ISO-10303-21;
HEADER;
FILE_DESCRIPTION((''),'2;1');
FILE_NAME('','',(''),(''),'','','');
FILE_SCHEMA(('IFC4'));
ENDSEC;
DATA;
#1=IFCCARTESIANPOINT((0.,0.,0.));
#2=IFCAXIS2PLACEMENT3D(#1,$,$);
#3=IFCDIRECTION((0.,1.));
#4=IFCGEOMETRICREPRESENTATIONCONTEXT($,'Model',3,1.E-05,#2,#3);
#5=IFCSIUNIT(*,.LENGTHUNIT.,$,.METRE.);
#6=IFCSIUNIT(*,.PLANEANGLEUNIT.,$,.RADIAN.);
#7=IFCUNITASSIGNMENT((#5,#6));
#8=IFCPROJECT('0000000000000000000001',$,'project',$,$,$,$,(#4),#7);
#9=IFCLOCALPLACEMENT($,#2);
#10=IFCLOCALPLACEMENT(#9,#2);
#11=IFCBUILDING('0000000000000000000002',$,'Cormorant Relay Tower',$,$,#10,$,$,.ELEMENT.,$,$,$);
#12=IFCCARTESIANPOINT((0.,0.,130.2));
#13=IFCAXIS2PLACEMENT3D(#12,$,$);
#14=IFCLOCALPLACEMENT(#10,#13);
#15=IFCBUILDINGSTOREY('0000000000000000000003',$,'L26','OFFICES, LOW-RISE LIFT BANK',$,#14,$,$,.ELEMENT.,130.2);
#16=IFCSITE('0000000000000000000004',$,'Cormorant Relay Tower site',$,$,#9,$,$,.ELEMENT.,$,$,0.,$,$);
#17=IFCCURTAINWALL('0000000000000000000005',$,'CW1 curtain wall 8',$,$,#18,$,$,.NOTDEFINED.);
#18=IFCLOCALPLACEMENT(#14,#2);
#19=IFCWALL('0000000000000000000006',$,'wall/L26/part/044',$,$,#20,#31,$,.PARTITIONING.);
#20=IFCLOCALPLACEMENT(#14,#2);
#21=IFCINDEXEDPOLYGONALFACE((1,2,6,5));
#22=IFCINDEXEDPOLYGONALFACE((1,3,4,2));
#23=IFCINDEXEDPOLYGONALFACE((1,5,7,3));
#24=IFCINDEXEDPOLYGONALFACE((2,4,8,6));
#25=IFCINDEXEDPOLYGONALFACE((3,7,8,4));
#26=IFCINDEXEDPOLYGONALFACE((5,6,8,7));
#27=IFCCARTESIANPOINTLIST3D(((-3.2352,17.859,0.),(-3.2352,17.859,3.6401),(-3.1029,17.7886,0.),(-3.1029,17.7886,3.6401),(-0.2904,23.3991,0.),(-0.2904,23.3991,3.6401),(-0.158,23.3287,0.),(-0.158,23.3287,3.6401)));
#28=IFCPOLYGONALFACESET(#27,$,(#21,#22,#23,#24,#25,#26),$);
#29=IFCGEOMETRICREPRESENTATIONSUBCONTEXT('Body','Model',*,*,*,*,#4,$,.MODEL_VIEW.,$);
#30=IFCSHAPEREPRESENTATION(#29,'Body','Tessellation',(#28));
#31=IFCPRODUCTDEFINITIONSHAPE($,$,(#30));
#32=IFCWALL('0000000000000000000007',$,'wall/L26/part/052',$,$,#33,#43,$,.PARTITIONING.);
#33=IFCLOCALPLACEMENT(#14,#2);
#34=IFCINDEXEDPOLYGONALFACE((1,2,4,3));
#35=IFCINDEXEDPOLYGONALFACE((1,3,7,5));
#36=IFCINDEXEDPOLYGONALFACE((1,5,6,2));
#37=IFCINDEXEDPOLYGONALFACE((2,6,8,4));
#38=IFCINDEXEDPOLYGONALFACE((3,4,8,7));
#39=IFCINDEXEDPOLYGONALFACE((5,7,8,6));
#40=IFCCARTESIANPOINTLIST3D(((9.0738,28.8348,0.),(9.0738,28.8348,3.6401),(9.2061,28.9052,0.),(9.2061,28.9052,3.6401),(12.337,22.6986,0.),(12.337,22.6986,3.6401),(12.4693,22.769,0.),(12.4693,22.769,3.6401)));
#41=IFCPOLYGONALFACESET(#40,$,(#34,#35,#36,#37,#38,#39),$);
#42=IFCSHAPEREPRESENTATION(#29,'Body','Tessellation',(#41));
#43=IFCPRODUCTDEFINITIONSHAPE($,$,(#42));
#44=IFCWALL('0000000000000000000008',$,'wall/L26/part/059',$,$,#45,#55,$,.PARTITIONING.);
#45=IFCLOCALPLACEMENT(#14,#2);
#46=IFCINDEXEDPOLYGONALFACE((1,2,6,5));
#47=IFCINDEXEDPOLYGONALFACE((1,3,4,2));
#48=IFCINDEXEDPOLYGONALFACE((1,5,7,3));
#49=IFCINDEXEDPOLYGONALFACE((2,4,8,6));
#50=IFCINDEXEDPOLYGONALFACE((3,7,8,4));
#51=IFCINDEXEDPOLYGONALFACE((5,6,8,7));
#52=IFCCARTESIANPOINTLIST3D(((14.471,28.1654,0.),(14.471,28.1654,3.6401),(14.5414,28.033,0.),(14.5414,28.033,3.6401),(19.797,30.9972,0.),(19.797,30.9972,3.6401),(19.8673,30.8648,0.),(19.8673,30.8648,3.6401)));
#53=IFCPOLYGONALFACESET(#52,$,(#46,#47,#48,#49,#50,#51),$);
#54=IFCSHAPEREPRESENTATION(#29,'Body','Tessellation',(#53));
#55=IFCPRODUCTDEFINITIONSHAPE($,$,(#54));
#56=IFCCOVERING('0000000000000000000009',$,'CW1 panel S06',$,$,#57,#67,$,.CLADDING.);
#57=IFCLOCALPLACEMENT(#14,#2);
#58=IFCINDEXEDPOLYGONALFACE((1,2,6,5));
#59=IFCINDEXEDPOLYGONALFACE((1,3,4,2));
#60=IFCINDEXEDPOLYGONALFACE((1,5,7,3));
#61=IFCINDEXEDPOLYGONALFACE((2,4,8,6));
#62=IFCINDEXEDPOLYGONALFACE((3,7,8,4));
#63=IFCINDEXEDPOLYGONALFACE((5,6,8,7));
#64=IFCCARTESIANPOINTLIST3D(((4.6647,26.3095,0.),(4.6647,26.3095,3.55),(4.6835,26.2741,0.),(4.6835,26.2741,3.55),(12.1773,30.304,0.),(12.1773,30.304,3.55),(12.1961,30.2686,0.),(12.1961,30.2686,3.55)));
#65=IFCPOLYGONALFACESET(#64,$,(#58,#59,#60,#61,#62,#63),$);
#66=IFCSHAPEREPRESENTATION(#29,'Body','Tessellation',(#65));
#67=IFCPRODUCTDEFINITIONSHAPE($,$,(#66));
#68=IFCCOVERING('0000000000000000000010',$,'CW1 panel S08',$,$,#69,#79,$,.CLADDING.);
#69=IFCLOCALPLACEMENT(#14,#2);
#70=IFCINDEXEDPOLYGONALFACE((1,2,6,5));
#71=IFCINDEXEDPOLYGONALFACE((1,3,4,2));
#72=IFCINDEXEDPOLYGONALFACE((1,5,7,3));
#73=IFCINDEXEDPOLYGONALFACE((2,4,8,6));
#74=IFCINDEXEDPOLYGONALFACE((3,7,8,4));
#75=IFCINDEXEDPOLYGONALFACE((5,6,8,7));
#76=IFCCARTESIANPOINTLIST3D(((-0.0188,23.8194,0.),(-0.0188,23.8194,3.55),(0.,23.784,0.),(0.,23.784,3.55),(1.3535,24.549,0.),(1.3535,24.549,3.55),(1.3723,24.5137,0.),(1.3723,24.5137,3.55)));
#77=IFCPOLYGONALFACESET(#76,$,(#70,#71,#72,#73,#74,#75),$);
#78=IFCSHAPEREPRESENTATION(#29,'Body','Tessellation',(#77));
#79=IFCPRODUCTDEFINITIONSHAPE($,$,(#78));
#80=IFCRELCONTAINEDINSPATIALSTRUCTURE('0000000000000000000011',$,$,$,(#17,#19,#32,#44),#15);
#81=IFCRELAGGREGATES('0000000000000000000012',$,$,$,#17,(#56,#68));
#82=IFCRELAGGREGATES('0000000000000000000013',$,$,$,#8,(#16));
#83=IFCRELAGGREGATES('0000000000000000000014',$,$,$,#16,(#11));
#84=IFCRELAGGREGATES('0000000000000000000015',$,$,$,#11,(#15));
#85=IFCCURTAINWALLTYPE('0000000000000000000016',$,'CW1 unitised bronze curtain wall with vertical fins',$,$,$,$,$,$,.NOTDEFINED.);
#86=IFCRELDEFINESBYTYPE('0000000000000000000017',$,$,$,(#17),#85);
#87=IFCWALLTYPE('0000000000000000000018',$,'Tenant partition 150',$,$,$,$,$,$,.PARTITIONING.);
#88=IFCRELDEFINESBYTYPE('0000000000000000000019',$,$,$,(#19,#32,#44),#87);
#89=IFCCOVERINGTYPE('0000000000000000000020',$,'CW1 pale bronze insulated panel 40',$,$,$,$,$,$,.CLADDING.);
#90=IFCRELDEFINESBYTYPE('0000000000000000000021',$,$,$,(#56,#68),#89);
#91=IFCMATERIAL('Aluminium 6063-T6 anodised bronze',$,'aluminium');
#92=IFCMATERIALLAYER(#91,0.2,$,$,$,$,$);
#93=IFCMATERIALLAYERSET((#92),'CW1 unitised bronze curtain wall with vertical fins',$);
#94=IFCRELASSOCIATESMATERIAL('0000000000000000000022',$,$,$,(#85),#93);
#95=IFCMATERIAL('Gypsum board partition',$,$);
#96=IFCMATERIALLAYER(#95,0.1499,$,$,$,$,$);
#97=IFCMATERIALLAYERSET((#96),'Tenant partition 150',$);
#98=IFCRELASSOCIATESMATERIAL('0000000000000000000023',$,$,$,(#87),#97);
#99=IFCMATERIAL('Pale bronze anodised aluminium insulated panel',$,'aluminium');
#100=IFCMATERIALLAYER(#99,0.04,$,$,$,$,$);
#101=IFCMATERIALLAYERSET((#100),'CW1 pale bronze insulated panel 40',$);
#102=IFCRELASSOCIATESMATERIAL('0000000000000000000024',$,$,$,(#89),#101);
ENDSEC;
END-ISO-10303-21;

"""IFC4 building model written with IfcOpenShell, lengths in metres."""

from ifc_helpers import new_model, si_unit, direction, frame, frame_2d, origin, origin_2d, place, context, subcontext, project, spatial, rectangle, extrude, material, layer, layer_set, type_object, element, aggregate, save


model = new_model("IFC4")

# Units and contexts
model_context = context("Model", 3, precision=1e-05, world=origin(), true_north=direction((0.0, 1.0)))
body_context = subcontext(model_context, "Body", "Model", "MODEL_VIEW")
ifc_project = project(units=[si_unit("LENGTHUNIT", "METRE"), si_unit("PLANEANGLEUNIT", "RADIAN")], contexts=[model_context])

# Site, building, storey
site_placement = place(None, origin())
site = spatial("IfcSite", under=ifc_project, at=site_placement, Name="Cormorant Relay Tower site", CompositionType="ELEMENT", RefElevation=0.0)
building_placement = place(site_placement, origin())
building = spatial("IfcBuilding", under=site, at=building_placement, Name="Cormorant Relay Tower", CompositionType="ELEMENT")
storey_placement = place(building_placement, frame((0.0, 0.0, 130.2)))
storey = spatial("IfcBuildingStorey", under=building, at=storey_placement, Name="L26", Description="OFFICES, LOW-RISE LIFT BANK", CompositionType="ELEMENT", Elevation=130.2)

# Curtain wall
ifc_material_1 = material(Name="Aluminium 6063-T6 anodised bronze", Category="aluminium")
ifc_layer_1 = layer(ifc_material_1, 0.2)
ifc_layer_set_1 = layer_set([ifc_layer_1], Name="CW1 unitised bronze curtain wall with vertical fins")
curtain_wall_type = type_object("IfcCurtainWallType", Name="CW1 unitised bronze curtain wall with vertical fins", PredefinedType="NOTDEFINED", material=ifc_layer_set_1)
curtain_wall_1_placement = place(storey_placement, origin())
curtain_wall_1 = element("IfcCurtainWall", 1, at=curtain_wall_1_placement, inside=storey, type_object=curtain_wall_type, Name="CW1 curtain wall 8", PredefinedType="NOTDEFINED")

# Walls
ifc_material_2 = material(Name="Gypsum board partition")
ifc_layer_2 = layer(ifc_material_2, 0.1499)
ifc_layer_set_2 = layer_set([ifc_layer_2], Name="Tenant partition 150")
wall_type_1 = type_object("IfcWallType", Name="Tenant partition 150", PredefinedType="PARTITIONING", material=ifc_layer_set_2)
wall_1_placement = place(storey_placement, frame((-0.2241, 23.364, 0.0), z_axis=(0.0, 0.0, 1.0), x_axis=(-0.469364, -0.883005, 0.0)))
element("IfcWall", 2, at=wall_1_placement, inside=storey, type_object=wall_type_1, Name="wall/L26/part/044", PredefinedType="PARTITIONING", context=body_context, shape_type="SweptSolid", body=[
    extrude(rectangle(XDim=6.2742, YDim=0.1499, at=frame_2d((3.1372, 0.0))), origin(), (0.0, 0.0, 1.0), 3.6401),
])
wall_2_placement = place(storey_placement, frame((9.1399, 28.8701, 0.0), z_axis=(0.0, 0.0, 1.0), x_axis=(0.469527, -0.882918, 0.0)))
element("IfcWall", 3, at=wall_2_placement, inside=storey, type_object=wall_type_1, Name="wall/L26/part/052", PredefinedType="PARTITIONING", context=body_context, shape_type="SweptSolid", body=[
    extrude(rectangle(XDim=6.95, YDim=0.1499, at=frame_2d((3.4751, 0.0))), origin(), (0.0, 0.0, 1.0), 3.6401),
])
wall_3_placement = place(storey_placement, frame((14.5061, 28.0991, 0.0), z_axis=(0.0, 0.0, 1.0), x_axis=(0.882952, 0.469464, 0.0)))
element("IfcWall", 4, at=wall_3_placement, inside=storey, type_object=wall_type_1, Name="wall/L26/part/059", PredefinedType="PARTITIONING", context=body_context, shape_type="SweptSolid", body=[
    extrude(rectangle(XDim=6.032, YDim=0.1499, at=frame_2d((3.0161, 0.0))), origin(), (0.0, 0.0, 1.0), 3.6401),
])

# Coverings
ifc_material_3 = material(Name="Pale bronze anodised aluminium insulated panel", Category="aluminium")
ifc_layer_3 = layer(ifc_material_3, 0.04)
ifc_layer_set_3 = layer_set([ifc_layer_3], Name="CW1 pale bronze insulated panel 40")
covering_type = type_object("IfcCoveringType", Name="CW1 pale bronze insulated panel 40", PredefinedType="CLADDING", material=ifc_layer_set_3)
covering_1_placement = place(storey_placement, frame((8.4304, 28.2891, 0.0), z_axis=(0.0, 0.0, 1.0), x_axis=(-0.882948, -0.469472, 0.0)))
covering_1 = element("IfcCovering", 5, at=covering_1_placement, type_object=covering_type, Name="CW1 panel S06", PredefinedType="CLADDING", context=body_context, shape_type="SweptSolid", body=[
    extrude(rectangle(XDim=8.5085, YDim=0.04, at=origin_2d()), origin(), (0.0, 0.0, 1.0), 3.55),
])
covering_2_placement = place(storey_placement, frame((0.6768, 24.1665, 0.0), z_axis=(0.0, 0.0, 1.0), x_axis=(-0.882948, -0.469472, 0.0)))
covering_2 = element("IfcCovering", 6, at=covering_2_placement, type_object=covering_type, Name="CW1 panel S08", PredefinedType="CLADDING", context=body_context, shape_type="SweptSolid", body=[
    extrude(rectangle(XDim=1.5542, YDim=0.04, at=origin_2d()), origin(), (0.0, 0.0, 1.0), 3.55),
])
aggregate(curtain_wall_1, [covering_1, covering_2])

save(model, "model.ifc")
